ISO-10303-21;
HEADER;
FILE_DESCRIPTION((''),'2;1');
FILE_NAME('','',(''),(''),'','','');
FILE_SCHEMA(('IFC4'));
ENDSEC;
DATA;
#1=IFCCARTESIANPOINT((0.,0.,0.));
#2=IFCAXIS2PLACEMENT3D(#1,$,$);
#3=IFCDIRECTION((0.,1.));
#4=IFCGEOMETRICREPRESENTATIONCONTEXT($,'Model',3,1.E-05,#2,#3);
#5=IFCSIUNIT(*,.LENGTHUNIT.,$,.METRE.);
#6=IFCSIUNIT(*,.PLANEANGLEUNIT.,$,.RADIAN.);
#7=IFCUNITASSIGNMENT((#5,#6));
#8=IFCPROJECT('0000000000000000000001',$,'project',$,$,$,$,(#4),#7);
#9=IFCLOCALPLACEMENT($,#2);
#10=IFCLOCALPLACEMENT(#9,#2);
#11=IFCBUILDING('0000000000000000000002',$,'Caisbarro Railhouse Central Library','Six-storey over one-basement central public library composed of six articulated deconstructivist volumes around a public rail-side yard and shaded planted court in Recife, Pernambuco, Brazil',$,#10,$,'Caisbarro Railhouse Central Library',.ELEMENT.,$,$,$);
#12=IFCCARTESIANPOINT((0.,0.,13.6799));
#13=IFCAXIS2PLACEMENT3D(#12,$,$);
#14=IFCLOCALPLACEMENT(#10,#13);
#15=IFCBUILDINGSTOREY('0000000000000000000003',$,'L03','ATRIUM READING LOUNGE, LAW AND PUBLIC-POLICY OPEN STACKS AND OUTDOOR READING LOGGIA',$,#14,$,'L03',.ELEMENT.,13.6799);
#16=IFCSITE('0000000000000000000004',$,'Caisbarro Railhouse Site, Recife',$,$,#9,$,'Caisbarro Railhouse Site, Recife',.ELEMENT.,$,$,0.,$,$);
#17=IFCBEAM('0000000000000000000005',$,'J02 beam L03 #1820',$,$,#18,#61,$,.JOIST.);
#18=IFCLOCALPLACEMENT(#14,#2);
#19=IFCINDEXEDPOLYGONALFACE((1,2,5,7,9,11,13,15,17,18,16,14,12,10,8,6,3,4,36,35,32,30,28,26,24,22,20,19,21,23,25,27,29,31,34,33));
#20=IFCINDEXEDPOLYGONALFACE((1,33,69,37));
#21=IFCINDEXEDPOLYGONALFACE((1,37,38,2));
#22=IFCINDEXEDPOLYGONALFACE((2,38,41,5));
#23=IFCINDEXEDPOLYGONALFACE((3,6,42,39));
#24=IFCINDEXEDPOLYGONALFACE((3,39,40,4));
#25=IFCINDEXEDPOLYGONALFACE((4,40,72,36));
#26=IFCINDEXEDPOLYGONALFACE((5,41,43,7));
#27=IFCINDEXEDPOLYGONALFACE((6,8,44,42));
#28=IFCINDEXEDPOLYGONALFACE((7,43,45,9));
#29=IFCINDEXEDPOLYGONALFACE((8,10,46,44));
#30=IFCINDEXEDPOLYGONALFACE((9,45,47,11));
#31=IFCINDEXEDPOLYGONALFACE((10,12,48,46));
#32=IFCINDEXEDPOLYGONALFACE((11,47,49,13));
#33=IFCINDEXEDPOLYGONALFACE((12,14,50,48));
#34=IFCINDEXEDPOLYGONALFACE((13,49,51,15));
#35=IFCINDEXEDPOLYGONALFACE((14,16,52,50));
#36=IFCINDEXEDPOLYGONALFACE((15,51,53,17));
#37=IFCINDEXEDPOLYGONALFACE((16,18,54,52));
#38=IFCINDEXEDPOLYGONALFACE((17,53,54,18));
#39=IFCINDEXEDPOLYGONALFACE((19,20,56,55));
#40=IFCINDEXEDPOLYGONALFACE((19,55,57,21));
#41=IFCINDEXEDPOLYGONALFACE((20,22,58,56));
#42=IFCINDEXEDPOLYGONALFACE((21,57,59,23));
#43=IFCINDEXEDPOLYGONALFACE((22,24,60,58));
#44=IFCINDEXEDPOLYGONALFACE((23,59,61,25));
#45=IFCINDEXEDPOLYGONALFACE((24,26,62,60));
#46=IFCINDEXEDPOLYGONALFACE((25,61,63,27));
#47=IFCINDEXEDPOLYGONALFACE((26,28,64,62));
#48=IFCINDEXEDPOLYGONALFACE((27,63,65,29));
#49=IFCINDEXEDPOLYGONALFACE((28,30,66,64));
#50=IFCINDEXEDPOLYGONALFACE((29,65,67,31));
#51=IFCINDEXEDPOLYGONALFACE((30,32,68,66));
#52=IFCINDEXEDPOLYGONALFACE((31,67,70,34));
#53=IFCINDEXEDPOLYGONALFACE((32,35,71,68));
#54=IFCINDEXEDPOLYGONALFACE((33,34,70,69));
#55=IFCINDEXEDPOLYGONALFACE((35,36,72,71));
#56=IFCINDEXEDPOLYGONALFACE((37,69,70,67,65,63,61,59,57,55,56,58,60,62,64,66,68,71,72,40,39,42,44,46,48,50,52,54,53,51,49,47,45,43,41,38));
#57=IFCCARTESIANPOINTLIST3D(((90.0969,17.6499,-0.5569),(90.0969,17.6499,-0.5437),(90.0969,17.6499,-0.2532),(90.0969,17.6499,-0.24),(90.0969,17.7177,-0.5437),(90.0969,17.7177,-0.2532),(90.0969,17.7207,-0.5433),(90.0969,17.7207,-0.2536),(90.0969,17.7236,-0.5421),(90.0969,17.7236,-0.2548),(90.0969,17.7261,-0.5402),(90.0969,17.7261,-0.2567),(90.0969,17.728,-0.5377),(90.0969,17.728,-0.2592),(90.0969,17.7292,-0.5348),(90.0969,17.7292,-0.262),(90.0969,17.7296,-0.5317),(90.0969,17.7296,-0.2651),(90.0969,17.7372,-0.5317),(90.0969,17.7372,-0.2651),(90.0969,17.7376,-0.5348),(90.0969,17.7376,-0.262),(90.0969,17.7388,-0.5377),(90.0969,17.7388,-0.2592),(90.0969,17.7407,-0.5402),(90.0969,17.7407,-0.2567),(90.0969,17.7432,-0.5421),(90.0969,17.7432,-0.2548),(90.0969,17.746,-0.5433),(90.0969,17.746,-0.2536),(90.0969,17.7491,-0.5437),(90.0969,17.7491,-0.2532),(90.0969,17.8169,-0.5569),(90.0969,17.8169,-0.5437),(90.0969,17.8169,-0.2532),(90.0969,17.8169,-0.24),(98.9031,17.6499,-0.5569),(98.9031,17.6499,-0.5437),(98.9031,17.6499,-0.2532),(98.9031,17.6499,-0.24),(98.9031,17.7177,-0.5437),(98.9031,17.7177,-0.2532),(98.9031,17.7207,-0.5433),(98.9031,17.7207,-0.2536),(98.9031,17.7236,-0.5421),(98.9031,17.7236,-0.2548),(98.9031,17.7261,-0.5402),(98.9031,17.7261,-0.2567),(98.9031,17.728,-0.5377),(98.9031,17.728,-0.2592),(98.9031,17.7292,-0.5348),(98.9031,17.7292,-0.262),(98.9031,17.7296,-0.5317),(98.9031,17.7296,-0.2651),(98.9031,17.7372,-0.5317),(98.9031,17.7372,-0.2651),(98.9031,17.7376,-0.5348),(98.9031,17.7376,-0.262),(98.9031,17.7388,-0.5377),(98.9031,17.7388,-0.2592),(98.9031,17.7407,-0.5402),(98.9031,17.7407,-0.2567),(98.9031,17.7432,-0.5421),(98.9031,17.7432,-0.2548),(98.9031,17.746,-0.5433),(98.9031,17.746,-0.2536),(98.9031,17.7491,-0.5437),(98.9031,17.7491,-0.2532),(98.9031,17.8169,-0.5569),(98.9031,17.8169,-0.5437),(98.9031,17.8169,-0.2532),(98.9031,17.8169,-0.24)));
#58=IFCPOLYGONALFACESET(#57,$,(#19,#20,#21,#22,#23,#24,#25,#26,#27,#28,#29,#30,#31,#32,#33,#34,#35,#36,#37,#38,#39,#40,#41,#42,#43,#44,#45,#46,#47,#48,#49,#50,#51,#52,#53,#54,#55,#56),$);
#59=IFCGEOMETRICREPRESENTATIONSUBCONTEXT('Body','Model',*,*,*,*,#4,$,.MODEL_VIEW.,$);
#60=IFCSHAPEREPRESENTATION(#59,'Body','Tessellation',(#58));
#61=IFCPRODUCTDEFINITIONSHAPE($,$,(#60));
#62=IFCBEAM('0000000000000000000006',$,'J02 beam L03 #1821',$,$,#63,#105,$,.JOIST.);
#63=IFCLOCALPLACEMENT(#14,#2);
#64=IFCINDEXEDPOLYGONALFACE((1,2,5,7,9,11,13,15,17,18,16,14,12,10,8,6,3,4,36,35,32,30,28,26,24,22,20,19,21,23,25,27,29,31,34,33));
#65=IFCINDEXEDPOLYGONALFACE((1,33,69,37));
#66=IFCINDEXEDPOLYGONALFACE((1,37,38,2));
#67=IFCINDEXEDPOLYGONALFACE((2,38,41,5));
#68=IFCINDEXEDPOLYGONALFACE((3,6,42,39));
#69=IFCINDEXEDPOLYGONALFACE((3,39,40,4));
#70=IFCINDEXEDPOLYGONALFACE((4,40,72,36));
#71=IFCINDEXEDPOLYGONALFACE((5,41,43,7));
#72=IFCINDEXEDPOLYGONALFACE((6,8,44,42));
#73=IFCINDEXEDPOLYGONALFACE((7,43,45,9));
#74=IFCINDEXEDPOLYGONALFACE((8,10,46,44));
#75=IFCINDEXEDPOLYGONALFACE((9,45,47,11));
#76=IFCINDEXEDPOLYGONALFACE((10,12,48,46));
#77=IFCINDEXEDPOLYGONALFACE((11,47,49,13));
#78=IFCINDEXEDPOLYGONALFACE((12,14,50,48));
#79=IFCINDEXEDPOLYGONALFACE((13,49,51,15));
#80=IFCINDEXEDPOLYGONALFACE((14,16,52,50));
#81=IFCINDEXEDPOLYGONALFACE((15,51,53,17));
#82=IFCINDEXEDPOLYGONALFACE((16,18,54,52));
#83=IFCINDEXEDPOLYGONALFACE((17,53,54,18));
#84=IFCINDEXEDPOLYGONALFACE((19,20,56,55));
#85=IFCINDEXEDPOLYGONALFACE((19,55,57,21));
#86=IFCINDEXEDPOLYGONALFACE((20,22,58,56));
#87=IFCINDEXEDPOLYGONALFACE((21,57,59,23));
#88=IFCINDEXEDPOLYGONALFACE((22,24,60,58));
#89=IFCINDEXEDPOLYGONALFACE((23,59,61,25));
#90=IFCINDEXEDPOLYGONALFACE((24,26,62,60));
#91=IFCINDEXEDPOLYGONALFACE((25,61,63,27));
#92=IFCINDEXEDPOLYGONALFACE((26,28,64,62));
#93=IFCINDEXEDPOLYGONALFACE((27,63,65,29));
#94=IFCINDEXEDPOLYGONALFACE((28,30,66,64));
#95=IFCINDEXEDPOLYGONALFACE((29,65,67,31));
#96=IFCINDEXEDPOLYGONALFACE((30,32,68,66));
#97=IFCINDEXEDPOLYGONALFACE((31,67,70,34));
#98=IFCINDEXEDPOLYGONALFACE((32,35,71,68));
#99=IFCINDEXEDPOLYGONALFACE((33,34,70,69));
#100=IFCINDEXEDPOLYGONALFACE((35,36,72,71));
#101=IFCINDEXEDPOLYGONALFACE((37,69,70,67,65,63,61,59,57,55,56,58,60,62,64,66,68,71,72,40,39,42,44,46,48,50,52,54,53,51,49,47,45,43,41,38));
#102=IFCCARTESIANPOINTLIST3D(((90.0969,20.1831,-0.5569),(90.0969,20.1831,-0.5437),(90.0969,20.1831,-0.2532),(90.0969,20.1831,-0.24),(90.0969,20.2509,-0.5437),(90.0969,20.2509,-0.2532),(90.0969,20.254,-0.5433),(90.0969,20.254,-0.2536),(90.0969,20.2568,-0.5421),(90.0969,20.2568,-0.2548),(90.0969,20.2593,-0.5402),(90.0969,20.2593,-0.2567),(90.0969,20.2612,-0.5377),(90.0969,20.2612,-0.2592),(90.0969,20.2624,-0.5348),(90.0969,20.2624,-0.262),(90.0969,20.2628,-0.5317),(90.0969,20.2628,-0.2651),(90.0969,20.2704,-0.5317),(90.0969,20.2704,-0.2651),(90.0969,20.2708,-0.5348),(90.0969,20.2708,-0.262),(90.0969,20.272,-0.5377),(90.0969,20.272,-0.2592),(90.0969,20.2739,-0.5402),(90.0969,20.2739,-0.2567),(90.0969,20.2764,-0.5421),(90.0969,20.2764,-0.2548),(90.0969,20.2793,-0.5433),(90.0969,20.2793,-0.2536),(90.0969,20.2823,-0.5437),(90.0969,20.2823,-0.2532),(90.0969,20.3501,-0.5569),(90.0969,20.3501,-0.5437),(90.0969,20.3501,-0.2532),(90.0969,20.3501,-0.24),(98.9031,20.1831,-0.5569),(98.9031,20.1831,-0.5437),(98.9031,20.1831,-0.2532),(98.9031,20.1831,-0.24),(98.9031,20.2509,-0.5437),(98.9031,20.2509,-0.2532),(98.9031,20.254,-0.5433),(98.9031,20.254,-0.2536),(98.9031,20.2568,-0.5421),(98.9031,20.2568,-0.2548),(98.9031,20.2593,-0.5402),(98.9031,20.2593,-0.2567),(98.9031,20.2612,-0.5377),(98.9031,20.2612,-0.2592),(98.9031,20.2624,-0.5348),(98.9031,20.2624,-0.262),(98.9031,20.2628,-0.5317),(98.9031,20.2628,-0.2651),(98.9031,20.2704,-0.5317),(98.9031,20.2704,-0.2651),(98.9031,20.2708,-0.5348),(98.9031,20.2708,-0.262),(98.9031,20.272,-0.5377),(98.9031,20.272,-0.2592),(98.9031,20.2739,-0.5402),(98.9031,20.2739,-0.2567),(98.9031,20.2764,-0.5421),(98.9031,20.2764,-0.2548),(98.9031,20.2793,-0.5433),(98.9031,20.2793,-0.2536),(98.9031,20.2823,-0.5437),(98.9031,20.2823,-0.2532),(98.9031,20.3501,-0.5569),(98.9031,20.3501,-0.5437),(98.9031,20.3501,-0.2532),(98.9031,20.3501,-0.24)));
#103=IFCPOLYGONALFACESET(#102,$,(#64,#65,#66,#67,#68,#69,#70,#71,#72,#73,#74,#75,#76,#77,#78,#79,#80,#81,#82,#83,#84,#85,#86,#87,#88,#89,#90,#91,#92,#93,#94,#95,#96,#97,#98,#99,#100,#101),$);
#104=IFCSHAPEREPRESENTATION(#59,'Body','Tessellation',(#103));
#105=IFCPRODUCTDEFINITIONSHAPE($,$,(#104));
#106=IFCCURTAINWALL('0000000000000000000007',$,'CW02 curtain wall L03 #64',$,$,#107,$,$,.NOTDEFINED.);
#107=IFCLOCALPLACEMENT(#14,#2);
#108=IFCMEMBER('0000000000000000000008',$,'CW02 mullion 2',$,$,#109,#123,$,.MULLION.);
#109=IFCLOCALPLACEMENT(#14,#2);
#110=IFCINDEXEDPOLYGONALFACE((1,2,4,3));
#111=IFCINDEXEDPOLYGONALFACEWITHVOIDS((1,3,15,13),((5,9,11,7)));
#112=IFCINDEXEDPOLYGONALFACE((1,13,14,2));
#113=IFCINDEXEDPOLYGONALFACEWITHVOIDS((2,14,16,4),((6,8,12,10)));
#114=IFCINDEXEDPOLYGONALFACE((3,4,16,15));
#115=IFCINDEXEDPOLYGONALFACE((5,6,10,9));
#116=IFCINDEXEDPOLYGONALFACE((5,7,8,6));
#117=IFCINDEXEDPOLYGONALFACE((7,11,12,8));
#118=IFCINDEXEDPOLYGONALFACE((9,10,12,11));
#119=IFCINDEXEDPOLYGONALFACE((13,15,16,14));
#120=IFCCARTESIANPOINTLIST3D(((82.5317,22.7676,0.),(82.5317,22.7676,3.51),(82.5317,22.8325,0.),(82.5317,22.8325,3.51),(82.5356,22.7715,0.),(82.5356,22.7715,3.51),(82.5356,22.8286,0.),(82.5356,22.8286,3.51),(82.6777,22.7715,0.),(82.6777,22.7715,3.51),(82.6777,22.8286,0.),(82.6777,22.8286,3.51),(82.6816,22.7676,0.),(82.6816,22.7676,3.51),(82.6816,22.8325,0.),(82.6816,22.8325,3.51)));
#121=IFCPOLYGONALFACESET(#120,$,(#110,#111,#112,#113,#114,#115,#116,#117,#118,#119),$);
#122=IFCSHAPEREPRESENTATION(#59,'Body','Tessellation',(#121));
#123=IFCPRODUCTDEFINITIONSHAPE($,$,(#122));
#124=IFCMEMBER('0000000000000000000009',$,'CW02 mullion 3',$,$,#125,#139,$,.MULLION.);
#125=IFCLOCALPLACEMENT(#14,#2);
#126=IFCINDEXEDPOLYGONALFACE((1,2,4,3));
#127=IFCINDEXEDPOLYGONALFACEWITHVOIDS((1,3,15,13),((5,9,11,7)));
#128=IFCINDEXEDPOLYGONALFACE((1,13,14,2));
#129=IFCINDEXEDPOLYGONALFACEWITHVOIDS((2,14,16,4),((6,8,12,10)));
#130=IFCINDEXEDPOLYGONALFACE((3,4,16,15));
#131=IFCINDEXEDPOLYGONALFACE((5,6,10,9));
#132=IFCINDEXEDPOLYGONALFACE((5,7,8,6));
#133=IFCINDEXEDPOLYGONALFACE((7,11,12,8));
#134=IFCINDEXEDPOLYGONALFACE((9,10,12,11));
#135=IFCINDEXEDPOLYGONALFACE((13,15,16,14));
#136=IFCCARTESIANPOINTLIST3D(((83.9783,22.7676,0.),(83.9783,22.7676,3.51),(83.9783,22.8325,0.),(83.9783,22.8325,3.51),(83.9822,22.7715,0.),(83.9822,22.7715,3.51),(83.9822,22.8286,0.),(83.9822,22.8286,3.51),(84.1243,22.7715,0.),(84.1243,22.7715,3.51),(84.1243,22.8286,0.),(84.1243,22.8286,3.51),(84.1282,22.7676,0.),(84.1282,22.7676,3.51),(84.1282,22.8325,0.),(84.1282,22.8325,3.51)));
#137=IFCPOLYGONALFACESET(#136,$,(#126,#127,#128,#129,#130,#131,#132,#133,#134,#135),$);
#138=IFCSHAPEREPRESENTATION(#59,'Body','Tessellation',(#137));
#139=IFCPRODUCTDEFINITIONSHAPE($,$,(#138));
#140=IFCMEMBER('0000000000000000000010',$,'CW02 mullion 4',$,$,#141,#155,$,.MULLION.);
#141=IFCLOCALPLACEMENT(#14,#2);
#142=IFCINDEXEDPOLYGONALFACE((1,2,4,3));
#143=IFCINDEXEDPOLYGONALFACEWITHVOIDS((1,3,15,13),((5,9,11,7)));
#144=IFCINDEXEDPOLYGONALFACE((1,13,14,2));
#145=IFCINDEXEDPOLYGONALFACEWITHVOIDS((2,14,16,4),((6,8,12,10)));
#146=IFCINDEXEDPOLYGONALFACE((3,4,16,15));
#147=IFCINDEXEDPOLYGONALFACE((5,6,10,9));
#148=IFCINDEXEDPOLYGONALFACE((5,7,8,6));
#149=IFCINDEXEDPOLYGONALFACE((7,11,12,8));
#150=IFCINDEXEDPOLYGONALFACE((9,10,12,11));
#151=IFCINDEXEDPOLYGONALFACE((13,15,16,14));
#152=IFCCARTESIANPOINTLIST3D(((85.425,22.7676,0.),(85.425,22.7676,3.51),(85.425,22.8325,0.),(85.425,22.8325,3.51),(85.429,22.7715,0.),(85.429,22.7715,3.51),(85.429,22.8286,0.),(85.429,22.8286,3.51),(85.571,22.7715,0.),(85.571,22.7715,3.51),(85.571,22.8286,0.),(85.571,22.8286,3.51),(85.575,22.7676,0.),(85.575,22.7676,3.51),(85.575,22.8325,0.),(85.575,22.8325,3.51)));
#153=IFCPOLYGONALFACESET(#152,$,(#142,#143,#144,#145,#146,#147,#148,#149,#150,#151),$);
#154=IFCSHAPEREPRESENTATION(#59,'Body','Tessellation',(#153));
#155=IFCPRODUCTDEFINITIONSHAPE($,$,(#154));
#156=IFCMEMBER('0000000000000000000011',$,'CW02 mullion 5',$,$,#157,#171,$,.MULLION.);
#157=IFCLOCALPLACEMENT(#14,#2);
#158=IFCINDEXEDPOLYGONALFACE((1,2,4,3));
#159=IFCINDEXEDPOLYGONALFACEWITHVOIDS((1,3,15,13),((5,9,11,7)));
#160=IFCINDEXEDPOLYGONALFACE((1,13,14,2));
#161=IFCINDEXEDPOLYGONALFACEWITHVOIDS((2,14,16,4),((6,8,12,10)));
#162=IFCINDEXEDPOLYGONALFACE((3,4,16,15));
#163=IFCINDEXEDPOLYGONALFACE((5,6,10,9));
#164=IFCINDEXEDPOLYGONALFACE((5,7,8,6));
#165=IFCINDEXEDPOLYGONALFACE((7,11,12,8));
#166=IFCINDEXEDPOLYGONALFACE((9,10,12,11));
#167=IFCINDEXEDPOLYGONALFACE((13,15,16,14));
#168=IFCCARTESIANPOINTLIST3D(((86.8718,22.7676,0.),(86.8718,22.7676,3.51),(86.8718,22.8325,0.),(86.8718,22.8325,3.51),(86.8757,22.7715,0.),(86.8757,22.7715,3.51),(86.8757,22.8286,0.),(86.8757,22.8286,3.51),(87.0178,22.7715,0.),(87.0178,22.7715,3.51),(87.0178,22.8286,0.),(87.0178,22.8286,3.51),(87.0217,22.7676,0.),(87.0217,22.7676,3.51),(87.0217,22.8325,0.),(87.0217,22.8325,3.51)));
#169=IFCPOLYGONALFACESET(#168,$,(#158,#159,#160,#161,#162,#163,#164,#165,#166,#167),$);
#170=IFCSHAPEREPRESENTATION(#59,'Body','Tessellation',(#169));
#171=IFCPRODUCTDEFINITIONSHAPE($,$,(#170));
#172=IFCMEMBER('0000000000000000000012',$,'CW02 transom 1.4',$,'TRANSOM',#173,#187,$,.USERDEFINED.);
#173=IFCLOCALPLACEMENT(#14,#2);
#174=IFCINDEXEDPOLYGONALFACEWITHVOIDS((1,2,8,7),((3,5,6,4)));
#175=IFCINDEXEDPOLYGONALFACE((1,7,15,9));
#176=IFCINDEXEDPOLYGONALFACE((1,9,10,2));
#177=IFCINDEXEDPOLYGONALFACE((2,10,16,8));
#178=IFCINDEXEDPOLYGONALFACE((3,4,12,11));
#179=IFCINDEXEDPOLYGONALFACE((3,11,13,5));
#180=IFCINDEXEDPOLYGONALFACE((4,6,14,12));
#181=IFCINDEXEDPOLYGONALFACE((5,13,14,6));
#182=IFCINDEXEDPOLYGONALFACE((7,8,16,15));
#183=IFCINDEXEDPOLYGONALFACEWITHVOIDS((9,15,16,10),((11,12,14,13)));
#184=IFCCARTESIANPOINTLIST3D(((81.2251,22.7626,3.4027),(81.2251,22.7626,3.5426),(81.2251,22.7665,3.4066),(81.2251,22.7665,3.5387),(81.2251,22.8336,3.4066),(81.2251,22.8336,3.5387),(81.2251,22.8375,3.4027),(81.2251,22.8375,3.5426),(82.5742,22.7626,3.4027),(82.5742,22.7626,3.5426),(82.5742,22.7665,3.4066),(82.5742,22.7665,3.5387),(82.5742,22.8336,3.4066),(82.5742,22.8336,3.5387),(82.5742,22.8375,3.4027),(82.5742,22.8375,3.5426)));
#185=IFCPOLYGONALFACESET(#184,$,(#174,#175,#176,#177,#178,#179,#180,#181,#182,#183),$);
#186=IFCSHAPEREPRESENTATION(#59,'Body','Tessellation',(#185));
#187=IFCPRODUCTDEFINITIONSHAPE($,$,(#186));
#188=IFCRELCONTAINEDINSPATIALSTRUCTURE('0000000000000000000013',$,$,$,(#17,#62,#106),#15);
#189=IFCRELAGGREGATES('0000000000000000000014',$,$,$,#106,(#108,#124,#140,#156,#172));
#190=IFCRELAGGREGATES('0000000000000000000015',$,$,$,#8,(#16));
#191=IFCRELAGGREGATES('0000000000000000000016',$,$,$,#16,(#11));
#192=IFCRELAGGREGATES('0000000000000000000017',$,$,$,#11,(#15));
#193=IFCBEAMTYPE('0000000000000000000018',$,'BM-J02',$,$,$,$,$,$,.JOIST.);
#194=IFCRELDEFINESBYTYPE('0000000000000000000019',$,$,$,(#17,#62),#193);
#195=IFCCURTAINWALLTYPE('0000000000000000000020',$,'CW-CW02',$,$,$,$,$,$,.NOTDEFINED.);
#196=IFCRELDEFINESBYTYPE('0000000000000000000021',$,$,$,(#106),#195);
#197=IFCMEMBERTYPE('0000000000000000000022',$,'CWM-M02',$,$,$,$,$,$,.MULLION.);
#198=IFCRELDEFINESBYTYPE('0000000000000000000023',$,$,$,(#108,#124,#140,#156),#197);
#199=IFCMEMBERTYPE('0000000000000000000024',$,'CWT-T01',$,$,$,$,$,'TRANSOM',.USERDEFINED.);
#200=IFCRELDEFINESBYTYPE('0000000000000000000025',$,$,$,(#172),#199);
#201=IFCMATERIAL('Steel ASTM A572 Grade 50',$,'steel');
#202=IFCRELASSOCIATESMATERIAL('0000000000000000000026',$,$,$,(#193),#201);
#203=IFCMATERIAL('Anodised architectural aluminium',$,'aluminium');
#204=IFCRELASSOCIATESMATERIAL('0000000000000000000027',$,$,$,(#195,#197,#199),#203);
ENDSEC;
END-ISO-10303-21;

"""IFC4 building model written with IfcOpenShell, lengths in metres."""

from ifc_helpers import new_model, si_unit, direction, frame, origin, origin_2d, place, context, subcontext, project, spatial, hollow_rectangle, i_section, extrude, material, material_profile, profile_set, type_object, element, aggregate, save


model = new_model("IFC4")

# Units and contexts
model_context = context("Model", 3, precision=1e-05, world=origin(), true_north=direction((0.0, 1.0)))
body_context = subcontext(model_context, "Body", "Model", "MODEL_VIEW")
ifc_project = project(units=[si_unit("LENGTHUNIT", "METRE"), si_unit("PLANEANGLEUNIT", "RADIAN")], contexts=[model_context])

# Site, building, storey
site_placement = place(None, origin())
site = spatial("IfcSite", under=ifc_project, at=site_placement, Name="Caisbarro Railhouse Site, Recife", LongName="Caisbarro Railhouse Site, Recife", CompositionType="ELEMENT", RefElevation=0.0)
building_placement = place(site_placement, origin())
building = spatial("IfcBuilding", under=site, at=building_placement, Name="Caisbarro Railhouse Central Library", Description="Six-storey over one-basement central public library composed of six articulated deconstructivist volumes around a public rail-side yard and shaded planted court in Recife, Pernambuco, Brazil", LongName="Caisbarro Railhouse Central Library", CompositionType="ELEMENT")
storey_placement = place(building_placement, frame((0.0, 0.0, 13.6799)))
storey = spatial("IfcBuildingStorey", under=building, at=storey_placement, Name="L03", Description="ATRIUM READING LOUNGE, LAW AND PUBLIC-POLICY OPEN STACKS AND OUTDOOR READING LOGGIA", LongName="L03", CompositionType="ELEMENT", Elevation=13.6799)

# Beams
ifc_material_1 = material(Name="Steel ASTM A572 Grade 50", Category="steel")
ifc_material_profile_1 = material_profile(ifc_material_1, i_section(OverallWidth=0.167, OverallDepth=0.3169, WebThickness=0.0076, FlangeThickness=0.0132, FilletRadius=0.012, at=origin_2d()), Name="W310X52.0")
ifc_profile_set_1 = profile_set([ifc_material_profile_1], Name="Steel ASTM A572 Grade 50")
beam_type = type_object("IfcBeamType", Name="BM-J02", PredefinedType="JOIST", material=ifc_profile_set_1)
for number, where, z_axis, x_axis, name in (
    (1, (90.0969, 17.7334, -0.3984), (1.0, 0.0, 0.0), (0.0, 1.0, 0.0), "J02 beam L03 #1820"),
    (2, (90.0969, 20.2666, -0.3984), (1.0, 0.0, 0.0), (0.0, 1.0, 0.0), "J02 beam L03 #1821"),
):
    element("IfcBeam", number, at=place(storey_placement, frame(where, z_axis=z_axis, x_axis=x_axis)), inside=storey, type_object=beam_type, Name=name, PredefinedType="JOIST", context=body_context, shape_type="SweptSolid", body=[
        extrude(i_section(OverallWidth=0.167, OverallDepth=0.3169, WebThickness=0.0076, FlangeThickness=0.0132, FilletRadius=0.012, at=origin_2d()), origin(), (0.0, 0.0, 1.0), 8.8062),
    ])

# Curtain wall, members
ifc_material_2 = material(Name="Anodised architectural aluminium", Category="aluminium")
curtain_wall_type = type_object("IfcCurtainWallType", Name="CW-CW02", PredefinedType="NOTDEFINED", material=ifc_material_2)
curtain_wall_placement = place(storey_placement, origin())
curtain_wall = element("IfcCurtainWall", 3, at=curtain_wall_placement, inside=storey, type_object=curtain_wall_type, Name="CW02 curtain wall L03 #64", PredefinedType="NOTDEFINED")
ifc_material_profile_2 = material_profile(ifc_material_2, hollow_rectangle(XDim=0.0649, YDim=0.1499, WallThickness=0.0039, at=origin_2d()), Name="ALU-MUL-65X150")
ifc_profile_set_2 = profile_set([ifc_material_profile_2], Name="Anodised architectural aluminium")
member_type_1 = type_object("IfcMemberType", Name="CWM-M02", PredefinedType="MULLION", material=ifc_profile_set_2)
member_1_placement = place(storey_placement, frame((82.6067, 22.8, 0.0), z_axis=(0.0, 0.0, 1.0), x_axis=(0.0, 1.0, 0.0)))
member_1 = element("IfcMember", 4, at=member_1_placement, type_object=member_type_1, Name="CW02 mullion 2", PredefinedType="MULLION", context=body_context, shape_type="SweptSolid", body=[
    extrude(hollow_rectangle(XDim=0.0649, YDim=0.1499, WallThickness=0.0039, at=origin_2d()), origin(), (0.0, 0.0, 1.0), 3.51),
])
member_2_placement = place(storey_placement, frame((84.0532, 22.8, 0.0), z_axis=(0.0, 0.0, 1.0), x_axis=(0.0, 1.0, 0.0)))
member_2 = element("IfcMember", 5, at=member_2_placement, type_object=member_type_1, Name="CW02 mullion 3", PredefinedType="MULLION", context=body_context, shape_type="SweptSolid", body=[
    extrude(hollow_rectangle(XDim=0.0649, YDim=0.1499, WallThickness=0.0039, at=origin_2d()), origin(), (0.0, 0.0, 1.0), 3.51),
])
member_3_placement = place(storey_placement, frame((85.5, 22.8, 0.0), z_axis=(0.0, 0.0, 1.0), x_axis=(0.0, 1.0, 0.0)))
member_3 = element("IfcMember", 6, at=member_3_placement, type_object=member_type_1, Name="CW02 mullion 4", PredefinedType="MULLION", context=body_context, shape_type="SweptSolid", body=[
    extrude(hollow_rectangle(XDim=0.0649, YDim=0.1499, WallThickness=0.0039, at=origin_2d()), origin(), (0.0, 0.0, 1.0), 3.51),
])
member_4_placement = place(storey_placement, frame((86.9468, 22.8, 0.0), z_axis=(0.0, 0.0, 1.0), x_axis=(0.0, 1.0, 0.0)))
member_4 = element("IfcMember", 7, at=member_4_placement, type_object=member_type_1, Name="CW02 mullion 5", PredefinedType="MULLION", context=body_context, shape_type="SweptSolid", body=[
    extrude(hollow_rectangle(XDim=0.0649, YDim=0.1499, WallThickness=0.0039, at=origin_2d()), origin(), (0.0, 0.0, 1.0), 3.51),
])
ifc_material_profile_3 = material_profile(ifc_material_2, hollow_rectangle(XDim=0.075, YDim=0.1399, WallThickness=0.0039, at=origin_2d()), Name="ALU-TRN-75X140")
ifc_profile_set_3 = profile_set([ifc_material_profile_3], Name="Anodised architectural aluminium")
member_type_2 = type_object("IfcMemberType", Name="CWT-T01", ElementType="TRANSOM", PredefinedType="USERDEFINED", material=ifc_profile_set_3)
member_5_placement = place(storey_placement, frame((81.2251, 22.8, 3.4727), z_axis=(1.0, 0.0, 0.0), x_axis=(0.0, 1.0, 0.0)))
member_5 = element("IfcMember", 8, at=member_5_placement, type_object=member_type_2, Name="CW02 transom 1.4", ObjectType="TRANSOM", PredefinedType="USERDEFINED", context=body_context, shape_type="SweptSolid", body=[
    extrude(hollow_rectangle(XDim=0.075, YDim=0.1399, WallThickness=0.0039, at=origin_2d()), origin(), (0.0, 0.0, 1.0), 1.3491),
])
aggregate(curtain_wall, [member_1, member_2, member_3, member_4, member_5])

save(model, "model.ifc")
